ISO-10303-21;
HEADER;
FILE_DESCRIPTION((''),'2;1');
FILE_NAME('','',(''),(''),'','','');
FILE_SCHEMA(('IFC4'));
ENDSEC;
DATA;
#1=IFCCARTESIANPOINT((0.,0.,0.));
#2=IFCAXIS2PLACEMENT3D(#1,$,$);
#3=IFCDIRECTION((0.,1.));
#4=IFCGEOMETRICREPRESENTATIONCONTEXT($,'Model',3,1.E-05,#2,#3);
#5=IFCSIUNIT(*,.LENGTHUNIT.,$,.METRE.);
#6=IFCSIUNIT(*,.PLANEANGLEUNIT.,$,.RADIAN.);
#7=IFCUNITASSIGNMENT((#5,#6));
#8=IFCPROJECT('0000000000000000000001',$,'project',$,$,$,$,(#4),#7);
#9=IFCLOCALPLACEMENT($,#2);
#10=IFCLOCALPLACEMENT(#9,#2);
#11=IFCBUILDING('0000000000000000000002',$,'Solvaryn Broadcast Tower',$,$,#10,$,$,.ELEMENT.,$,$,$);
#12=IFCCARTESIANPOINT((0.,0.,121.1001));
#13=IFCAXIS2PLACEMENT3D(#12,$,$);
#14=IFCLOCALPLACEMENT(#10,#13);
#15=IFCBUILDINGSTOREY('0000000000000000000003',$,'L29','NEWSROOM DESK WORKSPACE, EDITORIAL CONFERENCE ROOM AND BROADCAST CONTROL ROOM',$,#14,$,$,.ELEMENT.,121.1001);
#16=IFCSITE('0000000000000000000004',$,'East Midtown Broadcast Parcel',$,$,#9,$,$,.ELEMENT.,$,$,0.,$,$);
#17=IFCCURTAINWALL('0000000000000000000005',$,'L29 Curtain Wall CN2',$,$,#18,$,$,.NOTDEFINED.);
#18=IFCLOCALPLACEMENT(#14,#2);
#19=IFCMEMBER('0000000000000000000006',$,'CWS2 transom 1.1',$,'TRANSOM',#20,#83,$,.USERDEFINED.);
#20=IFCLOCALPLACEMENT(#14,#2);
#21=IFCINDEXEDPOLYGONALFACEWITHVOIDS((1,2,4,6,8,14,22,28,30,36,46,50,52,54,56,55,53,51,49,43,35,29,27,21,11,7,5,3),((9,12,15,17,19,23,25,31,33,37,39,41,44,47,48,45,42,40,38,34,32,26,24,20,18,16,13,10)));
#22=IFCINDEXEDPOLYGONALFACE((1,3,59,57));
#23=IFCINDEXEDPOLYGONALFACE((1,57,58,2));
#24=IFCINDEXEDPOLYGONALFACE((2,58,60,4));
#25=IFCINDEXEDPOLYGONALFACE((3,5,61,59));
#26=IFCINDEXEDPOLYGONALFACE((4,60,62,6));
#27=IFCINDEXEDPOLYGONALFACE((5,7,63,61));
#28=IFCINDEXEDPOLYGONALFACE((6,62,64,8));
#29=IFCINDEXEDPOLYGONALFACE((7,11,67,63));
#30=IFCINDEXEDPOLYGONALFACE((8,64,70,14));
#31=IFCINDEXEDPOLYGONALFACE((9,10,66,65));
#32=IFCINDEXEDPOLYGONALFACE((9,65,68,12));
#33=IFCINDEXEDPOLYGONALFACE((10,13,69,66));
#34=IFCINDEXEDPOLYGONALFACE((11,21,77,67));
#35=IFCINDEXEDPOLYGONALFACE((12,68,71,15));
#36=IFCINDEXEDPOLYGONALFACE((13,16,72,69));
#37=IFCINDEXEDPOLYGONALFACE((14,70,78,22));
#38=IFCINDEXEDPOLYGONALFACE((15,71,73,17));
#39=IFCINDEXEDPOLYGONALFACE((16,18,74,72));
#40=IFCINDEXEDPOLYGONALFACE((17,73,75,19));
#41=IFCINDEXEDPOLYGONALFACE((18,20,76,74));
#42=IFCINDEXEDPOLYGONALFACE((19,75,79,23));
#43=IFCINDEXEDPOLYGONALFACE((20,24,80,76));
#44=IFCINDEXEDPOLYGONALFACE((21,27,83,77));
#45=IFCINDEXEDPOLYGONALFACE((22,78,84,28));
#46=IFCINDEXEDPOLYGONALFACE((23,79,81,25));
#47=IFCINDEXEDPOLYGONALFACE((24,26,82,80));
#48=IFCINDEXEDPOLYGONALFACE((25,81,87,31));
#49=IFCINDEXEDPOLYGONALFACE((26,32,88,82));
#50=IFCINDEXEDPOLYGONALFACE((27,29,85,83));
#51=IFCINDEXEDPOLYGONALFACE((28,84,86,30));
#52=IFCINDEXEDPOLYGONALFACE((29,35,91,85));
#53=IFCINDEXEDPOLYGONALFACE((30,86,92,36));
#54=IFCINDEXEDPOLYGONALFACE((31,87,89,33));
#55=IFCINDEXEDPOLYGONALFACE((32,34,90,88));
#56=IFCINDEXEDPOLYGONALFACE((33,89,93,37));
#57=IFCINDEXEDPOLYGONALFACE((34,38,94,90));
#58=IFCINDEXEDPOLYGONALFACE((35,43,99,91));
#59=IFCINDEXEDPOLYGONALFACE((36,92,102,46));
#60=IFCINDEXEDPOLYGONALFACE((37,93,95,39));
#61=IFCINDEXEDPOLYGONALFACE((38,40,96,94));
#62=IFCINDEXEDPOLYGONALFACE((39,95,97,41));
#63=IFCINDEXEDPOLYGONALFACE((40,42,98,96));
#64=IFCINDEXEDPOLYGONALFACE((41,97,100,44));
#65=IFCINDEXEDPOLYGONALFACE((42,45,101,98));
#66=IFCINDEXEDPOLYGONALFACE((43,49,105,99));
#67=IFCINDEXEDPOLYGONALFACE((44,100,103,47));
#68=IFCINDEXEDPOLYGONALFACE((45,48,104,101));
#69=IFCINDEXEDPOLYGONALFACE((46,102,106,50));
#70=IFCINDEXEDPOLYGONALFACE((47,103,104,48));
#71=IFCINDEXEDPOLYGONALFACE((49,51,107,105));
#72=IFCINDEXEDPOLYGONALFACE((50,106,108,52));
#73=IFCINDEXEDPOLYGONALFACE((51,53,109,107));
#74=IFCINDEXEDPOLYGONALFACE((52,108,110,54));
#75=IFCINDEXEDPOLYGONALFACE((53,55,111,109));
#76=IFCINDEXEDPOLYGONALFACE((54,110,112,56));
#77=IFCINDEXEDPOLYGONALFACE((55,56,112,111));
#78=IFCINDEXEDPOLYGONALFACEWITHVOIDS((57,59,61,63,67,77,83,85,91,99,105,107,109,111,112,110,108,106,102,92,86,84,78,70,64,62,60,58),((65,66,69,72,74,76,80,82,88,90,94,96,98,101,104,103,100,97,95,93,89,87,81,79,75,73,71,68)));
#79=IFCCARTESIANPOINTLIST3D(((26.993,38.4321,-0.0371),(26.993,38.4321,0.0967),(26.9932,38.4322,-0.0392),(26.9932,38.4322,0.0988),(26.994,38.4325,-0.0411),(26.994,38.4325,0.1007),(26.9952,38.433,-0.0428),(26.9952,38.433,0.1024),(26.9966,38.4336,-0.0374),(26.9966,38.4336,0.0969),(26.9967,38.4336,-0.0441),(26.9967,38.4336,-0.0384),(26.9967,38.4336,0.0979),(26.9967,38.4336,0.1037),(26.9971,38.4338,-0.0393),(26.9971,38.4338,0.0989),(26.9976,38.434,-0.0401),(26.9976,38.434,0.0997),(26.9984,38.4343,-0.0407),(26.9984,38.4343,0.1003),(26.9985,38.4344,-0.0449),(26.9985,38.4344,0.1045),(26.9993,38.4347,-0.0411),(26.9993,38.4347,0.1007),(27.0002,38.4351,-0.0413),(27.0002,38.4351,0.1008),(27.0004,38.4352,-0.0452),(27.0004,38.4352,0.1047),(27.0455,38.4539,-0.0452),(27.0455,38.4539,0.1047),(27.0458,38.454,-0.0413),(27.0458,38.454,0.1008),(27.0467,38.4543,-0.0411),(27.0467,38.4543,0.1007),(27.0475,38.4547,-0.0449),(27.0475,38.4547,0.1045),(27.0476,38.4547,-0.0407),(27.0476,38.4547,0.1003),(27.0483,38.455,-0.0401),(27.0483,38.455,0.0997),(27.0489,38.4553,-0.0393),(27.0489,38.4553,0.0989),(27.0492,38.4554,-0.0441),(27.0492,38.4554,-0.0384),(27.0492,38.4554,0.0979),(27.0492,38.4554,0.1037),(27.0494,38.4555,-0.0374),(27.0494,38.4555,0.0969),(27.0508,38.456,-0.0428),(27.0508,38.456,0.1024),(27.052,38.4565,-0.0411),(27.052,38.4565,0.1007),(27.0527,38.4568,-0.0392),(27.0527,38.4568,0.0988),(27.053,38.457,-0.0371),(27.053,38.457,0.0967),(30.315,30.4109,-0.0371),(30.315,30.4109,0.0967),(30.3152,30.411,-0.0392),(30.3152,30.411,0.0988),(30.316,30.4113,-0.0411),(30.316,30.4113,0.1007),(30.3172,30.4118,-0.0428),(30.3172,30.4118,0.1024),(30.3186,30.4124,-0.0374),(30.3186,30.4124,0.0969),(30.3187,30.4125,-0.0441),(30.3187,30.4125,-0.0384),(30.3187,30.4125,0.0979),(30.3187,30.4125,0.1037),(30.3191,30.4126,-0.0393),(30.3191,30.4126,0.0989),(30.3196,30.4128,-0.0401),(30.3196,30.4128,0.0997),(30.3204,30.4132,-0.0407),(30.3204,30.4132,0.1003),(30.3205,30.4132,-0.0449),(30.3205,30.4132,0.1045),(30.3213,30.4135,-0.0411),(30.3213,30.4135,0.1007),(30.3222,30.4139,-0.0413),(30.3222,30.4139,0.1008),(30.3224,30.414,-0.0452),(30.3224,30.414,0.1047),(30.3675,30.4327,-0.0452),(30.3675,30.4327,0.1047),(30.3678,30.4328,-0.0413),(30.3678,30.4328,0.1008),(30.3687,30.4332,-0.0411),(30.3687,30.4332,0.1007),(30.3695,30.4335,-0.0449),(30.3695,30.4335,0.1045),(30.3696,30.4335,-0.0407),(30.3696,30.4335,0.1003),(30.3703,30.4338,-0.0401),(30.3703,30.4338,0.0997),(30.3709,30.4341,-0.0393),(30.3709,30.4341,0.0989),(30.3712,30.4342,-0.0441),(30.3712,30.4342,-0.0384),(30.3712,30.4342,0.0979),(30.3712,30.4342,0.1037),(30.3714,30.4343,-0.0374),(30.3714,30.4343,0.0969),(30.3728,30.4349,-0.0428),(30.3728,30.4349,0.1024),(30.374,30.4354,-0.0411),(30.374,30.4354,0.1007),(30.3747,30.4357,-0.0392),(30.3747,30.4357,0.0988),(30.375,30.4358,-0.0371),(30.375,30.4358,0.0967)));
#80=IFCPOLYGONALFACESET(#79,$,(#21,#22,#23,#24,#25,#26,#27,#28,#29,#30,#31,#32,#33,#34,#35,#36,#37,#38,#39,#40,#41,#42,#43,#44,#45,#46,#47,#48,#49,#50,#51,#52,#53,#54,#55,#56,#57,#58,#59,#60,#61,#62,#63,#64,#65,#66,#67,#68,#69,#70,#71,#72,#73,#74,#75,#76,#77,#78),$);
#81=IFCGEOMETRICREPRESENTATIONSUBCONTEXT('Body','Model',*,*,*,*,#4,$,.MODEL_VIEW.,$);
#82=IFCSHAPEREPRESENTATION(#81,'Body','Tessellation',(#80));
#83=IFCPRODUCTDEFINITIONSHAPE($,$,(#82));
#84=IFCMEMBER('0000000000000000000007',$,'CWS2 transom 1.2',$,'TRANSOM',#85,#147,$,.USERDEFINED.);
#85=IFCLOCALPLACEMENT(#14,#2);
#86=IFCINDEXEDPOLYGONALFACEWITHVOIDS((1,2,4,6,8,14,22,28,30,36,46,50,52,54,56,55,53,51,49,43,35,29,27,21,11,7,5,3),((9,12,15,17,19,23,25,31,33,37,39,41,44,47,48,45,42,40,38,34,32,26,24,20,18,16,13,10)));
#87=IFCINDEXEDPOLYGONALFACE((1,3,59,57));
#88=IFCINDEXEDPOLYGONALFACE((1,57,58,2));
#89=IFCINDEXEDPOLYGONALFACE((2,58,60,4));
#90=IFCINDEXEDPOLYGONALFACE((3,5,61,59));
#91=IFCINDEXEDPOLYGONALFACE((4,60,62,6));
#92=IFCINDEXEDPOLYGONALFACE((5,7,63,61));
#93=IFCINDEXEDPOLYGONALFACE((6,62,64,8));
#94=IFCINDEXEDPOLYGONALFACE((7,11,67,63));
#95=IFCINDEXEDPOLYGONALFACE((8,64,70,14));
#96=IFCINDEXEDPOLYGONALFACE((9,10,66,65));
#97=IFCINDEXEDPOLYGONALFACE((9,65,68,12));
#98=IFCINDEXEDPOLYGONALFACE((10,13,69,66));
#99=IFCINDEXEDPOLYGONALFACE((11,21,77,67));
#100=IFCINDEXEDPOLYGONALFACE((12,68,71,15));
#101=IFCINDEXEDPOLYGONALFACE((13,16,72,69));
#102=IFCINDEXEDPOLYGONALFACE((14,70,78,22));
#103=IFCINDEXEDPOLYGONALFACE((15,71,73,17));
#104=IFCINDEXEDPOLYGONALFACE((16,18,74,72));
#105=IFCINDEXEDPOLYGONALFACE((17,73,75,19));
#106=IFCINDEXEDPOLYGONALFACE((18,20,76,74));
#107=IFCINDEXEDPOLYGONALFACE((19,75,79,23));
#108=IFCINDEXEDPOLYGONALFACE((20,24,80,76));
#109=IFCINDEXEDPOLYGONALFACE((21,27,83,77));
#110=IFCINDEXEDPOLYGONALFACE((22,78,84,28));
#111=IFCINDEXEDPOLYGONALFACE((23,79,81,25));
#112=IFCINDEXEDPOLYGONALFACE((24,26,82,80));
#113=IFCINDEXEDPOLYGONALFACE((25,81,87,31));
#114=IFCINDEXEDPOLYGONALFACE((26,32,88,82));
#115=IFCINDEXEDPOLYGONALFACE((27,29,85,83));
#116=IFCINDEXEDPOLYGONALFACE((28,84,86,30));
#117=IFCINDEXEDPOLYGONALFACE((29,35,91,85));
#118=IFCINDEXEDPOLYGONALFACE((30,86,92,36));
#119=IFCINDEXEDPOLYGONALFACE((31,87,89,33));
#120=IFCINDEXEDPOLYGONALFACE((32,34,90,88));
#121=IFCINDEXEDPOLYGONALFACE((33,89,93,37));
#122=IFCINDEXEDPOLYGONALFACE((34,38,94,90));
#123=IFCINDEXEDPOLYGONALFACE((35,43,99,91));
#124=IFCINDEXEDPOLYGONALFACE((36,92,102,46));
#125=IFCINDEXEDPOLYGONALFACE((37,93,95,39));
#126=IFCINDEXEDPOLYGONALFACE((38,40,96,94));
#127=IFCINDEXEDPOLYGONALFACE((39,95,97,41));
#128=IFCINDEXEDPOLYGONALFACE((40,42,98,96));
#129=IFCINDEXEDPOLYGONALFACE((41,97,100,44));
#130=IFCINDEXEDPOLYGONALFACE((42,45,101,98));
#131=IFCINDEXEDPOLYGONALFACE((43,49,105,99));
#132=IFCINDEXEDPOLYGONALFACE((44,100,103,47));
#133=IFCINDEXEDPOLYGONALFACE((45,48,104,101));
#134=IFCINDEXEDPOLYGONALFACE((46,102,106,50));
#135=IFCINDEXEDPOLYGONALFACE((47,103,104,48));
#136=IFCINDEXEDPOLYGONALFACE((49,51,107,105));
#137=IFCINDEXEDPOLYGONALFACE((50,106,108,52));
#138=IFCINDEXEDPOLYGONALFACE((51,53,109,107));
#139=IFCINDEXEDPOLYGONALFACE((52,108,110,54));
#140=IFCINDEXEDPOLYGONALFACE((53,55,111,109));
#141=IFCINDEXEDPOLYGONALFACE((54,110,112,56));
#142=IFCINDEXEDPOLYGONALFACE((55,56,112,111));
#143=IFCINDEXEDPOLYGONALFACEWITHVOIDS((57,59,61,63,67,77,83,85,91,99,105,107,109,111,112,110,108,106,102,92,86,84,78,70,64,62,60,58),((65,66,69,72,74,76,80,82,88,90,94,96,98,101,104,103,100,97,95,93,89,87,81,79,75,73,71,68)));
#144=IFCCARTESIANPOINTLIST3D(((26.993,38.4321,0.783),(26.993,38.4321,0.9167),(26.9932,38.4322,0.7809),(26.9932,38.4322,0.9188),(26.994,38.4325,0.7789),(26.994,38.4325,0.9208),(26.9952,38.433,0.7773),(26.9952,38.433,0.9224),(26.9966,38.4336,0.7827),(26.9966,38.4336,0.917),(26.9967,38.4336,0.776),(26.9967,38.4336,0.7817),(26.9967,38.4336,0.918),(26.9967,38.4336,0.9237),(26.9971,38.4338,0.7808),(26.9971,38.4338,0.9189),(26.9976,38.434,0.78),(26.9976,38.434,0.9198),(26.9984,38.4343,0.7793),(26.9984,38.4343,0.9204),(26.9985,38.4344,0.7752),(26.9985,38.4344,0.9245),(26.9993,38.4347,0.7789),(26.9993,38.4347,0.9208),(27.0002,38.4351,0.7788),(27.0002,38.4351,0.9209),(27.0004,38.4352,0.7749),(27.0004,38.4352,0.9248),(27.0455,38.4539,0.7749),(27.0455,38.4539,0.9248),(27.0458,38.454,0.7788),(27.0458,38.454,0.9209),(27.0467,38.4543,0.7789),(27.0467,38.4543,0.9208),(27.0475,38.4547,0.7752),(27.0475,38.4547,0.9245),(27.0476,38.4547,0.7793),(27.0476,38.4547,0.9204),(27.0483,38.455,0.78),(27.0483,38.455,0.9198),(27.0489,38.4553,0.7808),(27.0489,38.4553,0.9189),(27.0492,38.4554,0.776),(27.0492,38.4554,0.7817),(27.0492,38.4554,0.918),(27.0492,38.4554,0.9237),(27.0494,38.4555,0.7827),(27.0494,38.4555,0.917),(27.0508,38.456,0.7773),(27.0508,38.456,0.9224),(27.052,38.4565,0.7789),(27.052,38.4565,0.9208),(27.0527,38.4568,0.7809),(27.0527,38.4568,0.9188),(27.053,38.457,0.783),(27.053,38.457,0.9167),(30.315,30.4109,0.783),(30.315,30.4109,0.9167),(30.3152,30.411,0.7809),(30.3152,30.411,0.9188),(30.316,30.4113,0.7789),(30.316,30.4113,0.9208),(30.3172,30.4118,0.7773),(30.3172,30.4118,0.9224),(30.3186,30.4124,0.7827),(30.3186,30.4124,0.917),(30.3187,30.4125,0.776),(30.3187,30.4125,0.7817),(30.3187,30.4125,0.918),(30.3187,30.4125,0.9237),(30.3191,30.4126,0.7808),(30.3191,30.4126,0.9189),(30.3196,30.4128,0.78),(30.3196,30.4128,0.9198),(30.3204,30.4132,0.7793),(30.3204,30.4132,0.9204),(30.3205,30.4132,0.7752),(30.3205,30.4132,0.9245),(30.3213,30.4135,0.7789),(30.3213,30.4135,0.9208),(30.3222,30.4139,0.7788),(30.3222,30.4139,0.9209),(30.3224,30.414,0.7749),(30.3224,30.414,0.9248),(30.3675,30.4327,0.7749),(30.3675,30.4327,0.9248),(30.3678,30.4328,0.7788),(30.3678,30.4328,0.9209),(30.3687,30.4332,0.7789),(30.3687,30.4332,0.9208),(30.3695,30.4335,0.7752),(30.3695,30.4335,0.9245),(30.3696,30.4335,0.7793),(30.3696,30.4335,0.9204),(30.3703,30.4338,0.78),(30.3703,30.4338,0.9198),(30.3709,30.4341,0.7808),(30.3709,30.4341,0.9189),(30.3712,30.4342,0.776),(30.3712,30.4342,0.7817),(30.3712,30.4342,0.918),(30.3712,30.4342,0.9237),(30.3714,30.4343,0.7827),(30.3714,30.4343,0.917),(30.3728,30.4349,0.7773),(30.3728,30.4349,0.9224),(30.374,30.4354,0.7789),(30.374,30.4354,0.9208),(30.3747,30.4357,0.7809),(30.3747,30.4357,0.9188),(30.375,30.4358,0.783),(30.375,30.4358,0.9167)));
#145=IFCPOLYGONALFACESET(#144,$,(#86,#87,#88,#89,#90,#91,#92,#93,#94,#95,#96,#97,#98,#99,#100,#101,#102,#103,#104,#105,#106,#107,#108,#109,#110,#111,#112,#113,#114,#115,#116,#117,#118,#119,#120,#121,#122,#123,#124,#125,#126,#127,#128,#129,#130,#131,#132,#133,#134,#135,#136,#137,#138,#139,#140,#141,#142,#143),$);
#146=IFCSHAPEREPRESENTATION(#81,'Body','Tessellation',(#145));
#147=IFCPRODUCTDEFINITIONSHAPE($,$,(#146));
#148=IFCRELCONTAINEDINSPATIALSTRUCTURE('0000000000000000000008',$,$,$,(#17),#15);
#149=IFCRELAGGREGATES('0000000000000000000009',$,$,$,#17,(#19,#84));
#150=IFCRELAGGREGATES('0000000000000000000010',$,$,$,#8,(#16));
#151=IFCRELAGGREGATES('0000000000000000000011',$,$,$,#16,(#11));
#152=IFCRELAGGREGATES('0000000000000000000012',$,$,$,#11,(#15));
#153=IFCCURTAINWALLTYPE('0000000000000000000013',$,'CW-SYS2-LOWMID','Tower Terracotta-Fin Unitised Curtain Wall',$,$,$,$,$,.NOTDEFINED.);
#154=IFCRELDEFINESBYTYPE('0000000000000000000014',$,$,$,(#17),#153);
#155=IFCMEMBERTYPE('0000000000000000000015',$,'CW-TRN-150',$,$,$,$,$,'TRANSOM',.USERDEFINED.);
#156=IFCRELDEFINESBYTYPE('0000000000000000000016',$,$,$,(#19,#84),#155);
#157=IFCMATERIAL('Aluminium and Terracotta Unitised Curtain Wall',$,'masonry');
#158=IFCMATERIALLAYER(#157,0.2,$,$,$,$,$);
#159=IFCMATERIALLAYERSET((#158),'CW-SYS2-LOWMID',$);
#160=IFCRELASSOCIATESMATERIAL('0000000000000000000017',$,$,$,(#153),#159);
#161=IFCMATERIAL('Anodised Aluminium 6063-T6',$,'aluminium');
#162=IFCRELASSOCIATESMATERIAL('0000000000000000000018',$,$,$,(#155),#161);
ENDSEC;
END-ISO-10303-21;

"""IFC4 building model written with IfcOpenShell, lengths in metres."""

from ifc_helpers import new_model, si_unit, direction, frame, origin, origin_2d, place, context, subcontext, project, spatial, hollow_rectangle, extrude, material, layer, layer_set, material_profile, profile_set, type_object, element, aggregate, save


model = new_model("IFC4")

# Units and contexts
model_context = context("Model", 3, precision=1e-05, world=origin(), true_north=direction((0.0, 1.0)))
body_context = subcontext(model_context, "Body", "Model", "MODEL_VIEW")
ifc_project = project(units=[si_unit("LENGTHUNIT", "METRE"), si_unit("PLANEANGLEUNIT", "RADIAN")], contexts=[model_context])

# Site, building, storey
site_placement = place(None, origin())
site = spatial("IfcSite", under=ifc_project, at=site_placement, Name="East Midtown Broadcast Parcel", CompositionType="ELEMENT", RefElevation=0.0)
building_placement = place(site_placement, origin())
building = spatial("IfcBuilding", under=site, at=building_placement, Name="Solvaryn Broadcast Tower", CompositionType="ELEMENT")
storey_placement = place(building_placement, frame((0.0, 0.0, 121.1001)))
storey = spatial("IfcBuildingStorey", under=building, at=storey_placement, Name="L29", Description="NEWSROOM DESK WORKSPACE, EDITORIAL CONFERENCE ROOM AND BROADCAST CONTROL ROOM", CompositionType="ELEMENT", Elevation=121.1001)

# Shared definitions
ifc_material_1 = material(Name="Aluminium and Terracotta Unitised Curtain Wall", Category="masonry")
ifc_layer_1 = layer(ifc_material_1, 0.2)
ifc_layer_set_1 = layer_set([ifc_layer_1], Name="CW-SYS2-LOWMID")
curtain_wall_type = type_object("IfcCurtainWallType", Name="CW-SYS2-LOWMID", Description="Tower Terracotta-Fin Unitised Curtain Wall", PredefinedType="NOTDEFINED", material=ifc_layer_set_1)

# Curtain wall, members
curtain_wall_1_placement = place(storey_placement, origin())
curtain_wall_1 = element("IfcCurtainWall", 1, at=curtain_wall_1_placement, inside=storey, type_object=curtain_wall_type, Name="L29 Curtain Wall CN2", PredefinedType="NOTDEFINED")
ifc_material_2 = material(Name="Anodised Aluminium 6063-T6", Category="aluminium")
ifc_material_profile_1 = material_profile(ifc_material_2, hollow_rectangle(XDim=0.0649, YDim=0.1499, WallThickness=0.0039, InnerFilletRadius=0.0039, OuterFilletRadius=0.0081, at=origin_2d()))
ifc_profile_set_1 = profile_set([ifc_material_profile_1], Name="Anodised Aluminium 6063-T6")
member_type_1 = type_object("IfcMemberType", Name="CW-TRN-150", ElementType="TRANSOM", PredefinedType="USERDEFINED", material=ifc_profile_set_1)
member_1_placement = place(storey_placement, frame((30.345, 30.4233, 0.0298), z_axis=(-0.382636, 0.923899, 0.0), x_axis=(-0.923899, -0.382636, 0.0)))
member_1 = element("IfcMember", 2, at=member_1_placement, type_object=member_type_1, Name="CWS2 transom 1.1", ObjectType="TRANSOM", PredefinedType="USERDEFINED", context=body_context, shape_type="SweptSolid", body=[
    extrude(hollow_rectangle(XDim=0.0649, YDim=0.1499, WallThickness=0.0039, InnerFilletRadius=0.0039, OuterFilletRadius=0.0081, at=origin_2d()), origin(), (0.0, 0.0, 1.0), 8.6819),
])
member_2_placement = place(storey_placement, frame((30.345, 30.4233, 0.8499), z_axis=(-0.382636, 0.923899, 0.0), x_axis=(-0.923899, -0.382636, 0.0)))
member_2 = element("IfcMember", 3, at=member_2_placement, type_object=member_type_1, Name="CWS2 transom 1.2", ObjectType="TRANSOM", PredefinedType="USERDEFINED", context=body_context, shape_type="SweptSolid", body=[
    extrude(hollow_rectangle(XDim=0.0649, YDim=0.1499, WallThickness=0.0039, InnerFilletRadius=0.0039, OuterFilletRadius=0.0081, at=origin_2d()), origin(), (0.0, 0.0, 1.0), 8.6819),
])

aggregate(curtain_wall_1, [member_1, member_2])

save(model, "model.ifc")
